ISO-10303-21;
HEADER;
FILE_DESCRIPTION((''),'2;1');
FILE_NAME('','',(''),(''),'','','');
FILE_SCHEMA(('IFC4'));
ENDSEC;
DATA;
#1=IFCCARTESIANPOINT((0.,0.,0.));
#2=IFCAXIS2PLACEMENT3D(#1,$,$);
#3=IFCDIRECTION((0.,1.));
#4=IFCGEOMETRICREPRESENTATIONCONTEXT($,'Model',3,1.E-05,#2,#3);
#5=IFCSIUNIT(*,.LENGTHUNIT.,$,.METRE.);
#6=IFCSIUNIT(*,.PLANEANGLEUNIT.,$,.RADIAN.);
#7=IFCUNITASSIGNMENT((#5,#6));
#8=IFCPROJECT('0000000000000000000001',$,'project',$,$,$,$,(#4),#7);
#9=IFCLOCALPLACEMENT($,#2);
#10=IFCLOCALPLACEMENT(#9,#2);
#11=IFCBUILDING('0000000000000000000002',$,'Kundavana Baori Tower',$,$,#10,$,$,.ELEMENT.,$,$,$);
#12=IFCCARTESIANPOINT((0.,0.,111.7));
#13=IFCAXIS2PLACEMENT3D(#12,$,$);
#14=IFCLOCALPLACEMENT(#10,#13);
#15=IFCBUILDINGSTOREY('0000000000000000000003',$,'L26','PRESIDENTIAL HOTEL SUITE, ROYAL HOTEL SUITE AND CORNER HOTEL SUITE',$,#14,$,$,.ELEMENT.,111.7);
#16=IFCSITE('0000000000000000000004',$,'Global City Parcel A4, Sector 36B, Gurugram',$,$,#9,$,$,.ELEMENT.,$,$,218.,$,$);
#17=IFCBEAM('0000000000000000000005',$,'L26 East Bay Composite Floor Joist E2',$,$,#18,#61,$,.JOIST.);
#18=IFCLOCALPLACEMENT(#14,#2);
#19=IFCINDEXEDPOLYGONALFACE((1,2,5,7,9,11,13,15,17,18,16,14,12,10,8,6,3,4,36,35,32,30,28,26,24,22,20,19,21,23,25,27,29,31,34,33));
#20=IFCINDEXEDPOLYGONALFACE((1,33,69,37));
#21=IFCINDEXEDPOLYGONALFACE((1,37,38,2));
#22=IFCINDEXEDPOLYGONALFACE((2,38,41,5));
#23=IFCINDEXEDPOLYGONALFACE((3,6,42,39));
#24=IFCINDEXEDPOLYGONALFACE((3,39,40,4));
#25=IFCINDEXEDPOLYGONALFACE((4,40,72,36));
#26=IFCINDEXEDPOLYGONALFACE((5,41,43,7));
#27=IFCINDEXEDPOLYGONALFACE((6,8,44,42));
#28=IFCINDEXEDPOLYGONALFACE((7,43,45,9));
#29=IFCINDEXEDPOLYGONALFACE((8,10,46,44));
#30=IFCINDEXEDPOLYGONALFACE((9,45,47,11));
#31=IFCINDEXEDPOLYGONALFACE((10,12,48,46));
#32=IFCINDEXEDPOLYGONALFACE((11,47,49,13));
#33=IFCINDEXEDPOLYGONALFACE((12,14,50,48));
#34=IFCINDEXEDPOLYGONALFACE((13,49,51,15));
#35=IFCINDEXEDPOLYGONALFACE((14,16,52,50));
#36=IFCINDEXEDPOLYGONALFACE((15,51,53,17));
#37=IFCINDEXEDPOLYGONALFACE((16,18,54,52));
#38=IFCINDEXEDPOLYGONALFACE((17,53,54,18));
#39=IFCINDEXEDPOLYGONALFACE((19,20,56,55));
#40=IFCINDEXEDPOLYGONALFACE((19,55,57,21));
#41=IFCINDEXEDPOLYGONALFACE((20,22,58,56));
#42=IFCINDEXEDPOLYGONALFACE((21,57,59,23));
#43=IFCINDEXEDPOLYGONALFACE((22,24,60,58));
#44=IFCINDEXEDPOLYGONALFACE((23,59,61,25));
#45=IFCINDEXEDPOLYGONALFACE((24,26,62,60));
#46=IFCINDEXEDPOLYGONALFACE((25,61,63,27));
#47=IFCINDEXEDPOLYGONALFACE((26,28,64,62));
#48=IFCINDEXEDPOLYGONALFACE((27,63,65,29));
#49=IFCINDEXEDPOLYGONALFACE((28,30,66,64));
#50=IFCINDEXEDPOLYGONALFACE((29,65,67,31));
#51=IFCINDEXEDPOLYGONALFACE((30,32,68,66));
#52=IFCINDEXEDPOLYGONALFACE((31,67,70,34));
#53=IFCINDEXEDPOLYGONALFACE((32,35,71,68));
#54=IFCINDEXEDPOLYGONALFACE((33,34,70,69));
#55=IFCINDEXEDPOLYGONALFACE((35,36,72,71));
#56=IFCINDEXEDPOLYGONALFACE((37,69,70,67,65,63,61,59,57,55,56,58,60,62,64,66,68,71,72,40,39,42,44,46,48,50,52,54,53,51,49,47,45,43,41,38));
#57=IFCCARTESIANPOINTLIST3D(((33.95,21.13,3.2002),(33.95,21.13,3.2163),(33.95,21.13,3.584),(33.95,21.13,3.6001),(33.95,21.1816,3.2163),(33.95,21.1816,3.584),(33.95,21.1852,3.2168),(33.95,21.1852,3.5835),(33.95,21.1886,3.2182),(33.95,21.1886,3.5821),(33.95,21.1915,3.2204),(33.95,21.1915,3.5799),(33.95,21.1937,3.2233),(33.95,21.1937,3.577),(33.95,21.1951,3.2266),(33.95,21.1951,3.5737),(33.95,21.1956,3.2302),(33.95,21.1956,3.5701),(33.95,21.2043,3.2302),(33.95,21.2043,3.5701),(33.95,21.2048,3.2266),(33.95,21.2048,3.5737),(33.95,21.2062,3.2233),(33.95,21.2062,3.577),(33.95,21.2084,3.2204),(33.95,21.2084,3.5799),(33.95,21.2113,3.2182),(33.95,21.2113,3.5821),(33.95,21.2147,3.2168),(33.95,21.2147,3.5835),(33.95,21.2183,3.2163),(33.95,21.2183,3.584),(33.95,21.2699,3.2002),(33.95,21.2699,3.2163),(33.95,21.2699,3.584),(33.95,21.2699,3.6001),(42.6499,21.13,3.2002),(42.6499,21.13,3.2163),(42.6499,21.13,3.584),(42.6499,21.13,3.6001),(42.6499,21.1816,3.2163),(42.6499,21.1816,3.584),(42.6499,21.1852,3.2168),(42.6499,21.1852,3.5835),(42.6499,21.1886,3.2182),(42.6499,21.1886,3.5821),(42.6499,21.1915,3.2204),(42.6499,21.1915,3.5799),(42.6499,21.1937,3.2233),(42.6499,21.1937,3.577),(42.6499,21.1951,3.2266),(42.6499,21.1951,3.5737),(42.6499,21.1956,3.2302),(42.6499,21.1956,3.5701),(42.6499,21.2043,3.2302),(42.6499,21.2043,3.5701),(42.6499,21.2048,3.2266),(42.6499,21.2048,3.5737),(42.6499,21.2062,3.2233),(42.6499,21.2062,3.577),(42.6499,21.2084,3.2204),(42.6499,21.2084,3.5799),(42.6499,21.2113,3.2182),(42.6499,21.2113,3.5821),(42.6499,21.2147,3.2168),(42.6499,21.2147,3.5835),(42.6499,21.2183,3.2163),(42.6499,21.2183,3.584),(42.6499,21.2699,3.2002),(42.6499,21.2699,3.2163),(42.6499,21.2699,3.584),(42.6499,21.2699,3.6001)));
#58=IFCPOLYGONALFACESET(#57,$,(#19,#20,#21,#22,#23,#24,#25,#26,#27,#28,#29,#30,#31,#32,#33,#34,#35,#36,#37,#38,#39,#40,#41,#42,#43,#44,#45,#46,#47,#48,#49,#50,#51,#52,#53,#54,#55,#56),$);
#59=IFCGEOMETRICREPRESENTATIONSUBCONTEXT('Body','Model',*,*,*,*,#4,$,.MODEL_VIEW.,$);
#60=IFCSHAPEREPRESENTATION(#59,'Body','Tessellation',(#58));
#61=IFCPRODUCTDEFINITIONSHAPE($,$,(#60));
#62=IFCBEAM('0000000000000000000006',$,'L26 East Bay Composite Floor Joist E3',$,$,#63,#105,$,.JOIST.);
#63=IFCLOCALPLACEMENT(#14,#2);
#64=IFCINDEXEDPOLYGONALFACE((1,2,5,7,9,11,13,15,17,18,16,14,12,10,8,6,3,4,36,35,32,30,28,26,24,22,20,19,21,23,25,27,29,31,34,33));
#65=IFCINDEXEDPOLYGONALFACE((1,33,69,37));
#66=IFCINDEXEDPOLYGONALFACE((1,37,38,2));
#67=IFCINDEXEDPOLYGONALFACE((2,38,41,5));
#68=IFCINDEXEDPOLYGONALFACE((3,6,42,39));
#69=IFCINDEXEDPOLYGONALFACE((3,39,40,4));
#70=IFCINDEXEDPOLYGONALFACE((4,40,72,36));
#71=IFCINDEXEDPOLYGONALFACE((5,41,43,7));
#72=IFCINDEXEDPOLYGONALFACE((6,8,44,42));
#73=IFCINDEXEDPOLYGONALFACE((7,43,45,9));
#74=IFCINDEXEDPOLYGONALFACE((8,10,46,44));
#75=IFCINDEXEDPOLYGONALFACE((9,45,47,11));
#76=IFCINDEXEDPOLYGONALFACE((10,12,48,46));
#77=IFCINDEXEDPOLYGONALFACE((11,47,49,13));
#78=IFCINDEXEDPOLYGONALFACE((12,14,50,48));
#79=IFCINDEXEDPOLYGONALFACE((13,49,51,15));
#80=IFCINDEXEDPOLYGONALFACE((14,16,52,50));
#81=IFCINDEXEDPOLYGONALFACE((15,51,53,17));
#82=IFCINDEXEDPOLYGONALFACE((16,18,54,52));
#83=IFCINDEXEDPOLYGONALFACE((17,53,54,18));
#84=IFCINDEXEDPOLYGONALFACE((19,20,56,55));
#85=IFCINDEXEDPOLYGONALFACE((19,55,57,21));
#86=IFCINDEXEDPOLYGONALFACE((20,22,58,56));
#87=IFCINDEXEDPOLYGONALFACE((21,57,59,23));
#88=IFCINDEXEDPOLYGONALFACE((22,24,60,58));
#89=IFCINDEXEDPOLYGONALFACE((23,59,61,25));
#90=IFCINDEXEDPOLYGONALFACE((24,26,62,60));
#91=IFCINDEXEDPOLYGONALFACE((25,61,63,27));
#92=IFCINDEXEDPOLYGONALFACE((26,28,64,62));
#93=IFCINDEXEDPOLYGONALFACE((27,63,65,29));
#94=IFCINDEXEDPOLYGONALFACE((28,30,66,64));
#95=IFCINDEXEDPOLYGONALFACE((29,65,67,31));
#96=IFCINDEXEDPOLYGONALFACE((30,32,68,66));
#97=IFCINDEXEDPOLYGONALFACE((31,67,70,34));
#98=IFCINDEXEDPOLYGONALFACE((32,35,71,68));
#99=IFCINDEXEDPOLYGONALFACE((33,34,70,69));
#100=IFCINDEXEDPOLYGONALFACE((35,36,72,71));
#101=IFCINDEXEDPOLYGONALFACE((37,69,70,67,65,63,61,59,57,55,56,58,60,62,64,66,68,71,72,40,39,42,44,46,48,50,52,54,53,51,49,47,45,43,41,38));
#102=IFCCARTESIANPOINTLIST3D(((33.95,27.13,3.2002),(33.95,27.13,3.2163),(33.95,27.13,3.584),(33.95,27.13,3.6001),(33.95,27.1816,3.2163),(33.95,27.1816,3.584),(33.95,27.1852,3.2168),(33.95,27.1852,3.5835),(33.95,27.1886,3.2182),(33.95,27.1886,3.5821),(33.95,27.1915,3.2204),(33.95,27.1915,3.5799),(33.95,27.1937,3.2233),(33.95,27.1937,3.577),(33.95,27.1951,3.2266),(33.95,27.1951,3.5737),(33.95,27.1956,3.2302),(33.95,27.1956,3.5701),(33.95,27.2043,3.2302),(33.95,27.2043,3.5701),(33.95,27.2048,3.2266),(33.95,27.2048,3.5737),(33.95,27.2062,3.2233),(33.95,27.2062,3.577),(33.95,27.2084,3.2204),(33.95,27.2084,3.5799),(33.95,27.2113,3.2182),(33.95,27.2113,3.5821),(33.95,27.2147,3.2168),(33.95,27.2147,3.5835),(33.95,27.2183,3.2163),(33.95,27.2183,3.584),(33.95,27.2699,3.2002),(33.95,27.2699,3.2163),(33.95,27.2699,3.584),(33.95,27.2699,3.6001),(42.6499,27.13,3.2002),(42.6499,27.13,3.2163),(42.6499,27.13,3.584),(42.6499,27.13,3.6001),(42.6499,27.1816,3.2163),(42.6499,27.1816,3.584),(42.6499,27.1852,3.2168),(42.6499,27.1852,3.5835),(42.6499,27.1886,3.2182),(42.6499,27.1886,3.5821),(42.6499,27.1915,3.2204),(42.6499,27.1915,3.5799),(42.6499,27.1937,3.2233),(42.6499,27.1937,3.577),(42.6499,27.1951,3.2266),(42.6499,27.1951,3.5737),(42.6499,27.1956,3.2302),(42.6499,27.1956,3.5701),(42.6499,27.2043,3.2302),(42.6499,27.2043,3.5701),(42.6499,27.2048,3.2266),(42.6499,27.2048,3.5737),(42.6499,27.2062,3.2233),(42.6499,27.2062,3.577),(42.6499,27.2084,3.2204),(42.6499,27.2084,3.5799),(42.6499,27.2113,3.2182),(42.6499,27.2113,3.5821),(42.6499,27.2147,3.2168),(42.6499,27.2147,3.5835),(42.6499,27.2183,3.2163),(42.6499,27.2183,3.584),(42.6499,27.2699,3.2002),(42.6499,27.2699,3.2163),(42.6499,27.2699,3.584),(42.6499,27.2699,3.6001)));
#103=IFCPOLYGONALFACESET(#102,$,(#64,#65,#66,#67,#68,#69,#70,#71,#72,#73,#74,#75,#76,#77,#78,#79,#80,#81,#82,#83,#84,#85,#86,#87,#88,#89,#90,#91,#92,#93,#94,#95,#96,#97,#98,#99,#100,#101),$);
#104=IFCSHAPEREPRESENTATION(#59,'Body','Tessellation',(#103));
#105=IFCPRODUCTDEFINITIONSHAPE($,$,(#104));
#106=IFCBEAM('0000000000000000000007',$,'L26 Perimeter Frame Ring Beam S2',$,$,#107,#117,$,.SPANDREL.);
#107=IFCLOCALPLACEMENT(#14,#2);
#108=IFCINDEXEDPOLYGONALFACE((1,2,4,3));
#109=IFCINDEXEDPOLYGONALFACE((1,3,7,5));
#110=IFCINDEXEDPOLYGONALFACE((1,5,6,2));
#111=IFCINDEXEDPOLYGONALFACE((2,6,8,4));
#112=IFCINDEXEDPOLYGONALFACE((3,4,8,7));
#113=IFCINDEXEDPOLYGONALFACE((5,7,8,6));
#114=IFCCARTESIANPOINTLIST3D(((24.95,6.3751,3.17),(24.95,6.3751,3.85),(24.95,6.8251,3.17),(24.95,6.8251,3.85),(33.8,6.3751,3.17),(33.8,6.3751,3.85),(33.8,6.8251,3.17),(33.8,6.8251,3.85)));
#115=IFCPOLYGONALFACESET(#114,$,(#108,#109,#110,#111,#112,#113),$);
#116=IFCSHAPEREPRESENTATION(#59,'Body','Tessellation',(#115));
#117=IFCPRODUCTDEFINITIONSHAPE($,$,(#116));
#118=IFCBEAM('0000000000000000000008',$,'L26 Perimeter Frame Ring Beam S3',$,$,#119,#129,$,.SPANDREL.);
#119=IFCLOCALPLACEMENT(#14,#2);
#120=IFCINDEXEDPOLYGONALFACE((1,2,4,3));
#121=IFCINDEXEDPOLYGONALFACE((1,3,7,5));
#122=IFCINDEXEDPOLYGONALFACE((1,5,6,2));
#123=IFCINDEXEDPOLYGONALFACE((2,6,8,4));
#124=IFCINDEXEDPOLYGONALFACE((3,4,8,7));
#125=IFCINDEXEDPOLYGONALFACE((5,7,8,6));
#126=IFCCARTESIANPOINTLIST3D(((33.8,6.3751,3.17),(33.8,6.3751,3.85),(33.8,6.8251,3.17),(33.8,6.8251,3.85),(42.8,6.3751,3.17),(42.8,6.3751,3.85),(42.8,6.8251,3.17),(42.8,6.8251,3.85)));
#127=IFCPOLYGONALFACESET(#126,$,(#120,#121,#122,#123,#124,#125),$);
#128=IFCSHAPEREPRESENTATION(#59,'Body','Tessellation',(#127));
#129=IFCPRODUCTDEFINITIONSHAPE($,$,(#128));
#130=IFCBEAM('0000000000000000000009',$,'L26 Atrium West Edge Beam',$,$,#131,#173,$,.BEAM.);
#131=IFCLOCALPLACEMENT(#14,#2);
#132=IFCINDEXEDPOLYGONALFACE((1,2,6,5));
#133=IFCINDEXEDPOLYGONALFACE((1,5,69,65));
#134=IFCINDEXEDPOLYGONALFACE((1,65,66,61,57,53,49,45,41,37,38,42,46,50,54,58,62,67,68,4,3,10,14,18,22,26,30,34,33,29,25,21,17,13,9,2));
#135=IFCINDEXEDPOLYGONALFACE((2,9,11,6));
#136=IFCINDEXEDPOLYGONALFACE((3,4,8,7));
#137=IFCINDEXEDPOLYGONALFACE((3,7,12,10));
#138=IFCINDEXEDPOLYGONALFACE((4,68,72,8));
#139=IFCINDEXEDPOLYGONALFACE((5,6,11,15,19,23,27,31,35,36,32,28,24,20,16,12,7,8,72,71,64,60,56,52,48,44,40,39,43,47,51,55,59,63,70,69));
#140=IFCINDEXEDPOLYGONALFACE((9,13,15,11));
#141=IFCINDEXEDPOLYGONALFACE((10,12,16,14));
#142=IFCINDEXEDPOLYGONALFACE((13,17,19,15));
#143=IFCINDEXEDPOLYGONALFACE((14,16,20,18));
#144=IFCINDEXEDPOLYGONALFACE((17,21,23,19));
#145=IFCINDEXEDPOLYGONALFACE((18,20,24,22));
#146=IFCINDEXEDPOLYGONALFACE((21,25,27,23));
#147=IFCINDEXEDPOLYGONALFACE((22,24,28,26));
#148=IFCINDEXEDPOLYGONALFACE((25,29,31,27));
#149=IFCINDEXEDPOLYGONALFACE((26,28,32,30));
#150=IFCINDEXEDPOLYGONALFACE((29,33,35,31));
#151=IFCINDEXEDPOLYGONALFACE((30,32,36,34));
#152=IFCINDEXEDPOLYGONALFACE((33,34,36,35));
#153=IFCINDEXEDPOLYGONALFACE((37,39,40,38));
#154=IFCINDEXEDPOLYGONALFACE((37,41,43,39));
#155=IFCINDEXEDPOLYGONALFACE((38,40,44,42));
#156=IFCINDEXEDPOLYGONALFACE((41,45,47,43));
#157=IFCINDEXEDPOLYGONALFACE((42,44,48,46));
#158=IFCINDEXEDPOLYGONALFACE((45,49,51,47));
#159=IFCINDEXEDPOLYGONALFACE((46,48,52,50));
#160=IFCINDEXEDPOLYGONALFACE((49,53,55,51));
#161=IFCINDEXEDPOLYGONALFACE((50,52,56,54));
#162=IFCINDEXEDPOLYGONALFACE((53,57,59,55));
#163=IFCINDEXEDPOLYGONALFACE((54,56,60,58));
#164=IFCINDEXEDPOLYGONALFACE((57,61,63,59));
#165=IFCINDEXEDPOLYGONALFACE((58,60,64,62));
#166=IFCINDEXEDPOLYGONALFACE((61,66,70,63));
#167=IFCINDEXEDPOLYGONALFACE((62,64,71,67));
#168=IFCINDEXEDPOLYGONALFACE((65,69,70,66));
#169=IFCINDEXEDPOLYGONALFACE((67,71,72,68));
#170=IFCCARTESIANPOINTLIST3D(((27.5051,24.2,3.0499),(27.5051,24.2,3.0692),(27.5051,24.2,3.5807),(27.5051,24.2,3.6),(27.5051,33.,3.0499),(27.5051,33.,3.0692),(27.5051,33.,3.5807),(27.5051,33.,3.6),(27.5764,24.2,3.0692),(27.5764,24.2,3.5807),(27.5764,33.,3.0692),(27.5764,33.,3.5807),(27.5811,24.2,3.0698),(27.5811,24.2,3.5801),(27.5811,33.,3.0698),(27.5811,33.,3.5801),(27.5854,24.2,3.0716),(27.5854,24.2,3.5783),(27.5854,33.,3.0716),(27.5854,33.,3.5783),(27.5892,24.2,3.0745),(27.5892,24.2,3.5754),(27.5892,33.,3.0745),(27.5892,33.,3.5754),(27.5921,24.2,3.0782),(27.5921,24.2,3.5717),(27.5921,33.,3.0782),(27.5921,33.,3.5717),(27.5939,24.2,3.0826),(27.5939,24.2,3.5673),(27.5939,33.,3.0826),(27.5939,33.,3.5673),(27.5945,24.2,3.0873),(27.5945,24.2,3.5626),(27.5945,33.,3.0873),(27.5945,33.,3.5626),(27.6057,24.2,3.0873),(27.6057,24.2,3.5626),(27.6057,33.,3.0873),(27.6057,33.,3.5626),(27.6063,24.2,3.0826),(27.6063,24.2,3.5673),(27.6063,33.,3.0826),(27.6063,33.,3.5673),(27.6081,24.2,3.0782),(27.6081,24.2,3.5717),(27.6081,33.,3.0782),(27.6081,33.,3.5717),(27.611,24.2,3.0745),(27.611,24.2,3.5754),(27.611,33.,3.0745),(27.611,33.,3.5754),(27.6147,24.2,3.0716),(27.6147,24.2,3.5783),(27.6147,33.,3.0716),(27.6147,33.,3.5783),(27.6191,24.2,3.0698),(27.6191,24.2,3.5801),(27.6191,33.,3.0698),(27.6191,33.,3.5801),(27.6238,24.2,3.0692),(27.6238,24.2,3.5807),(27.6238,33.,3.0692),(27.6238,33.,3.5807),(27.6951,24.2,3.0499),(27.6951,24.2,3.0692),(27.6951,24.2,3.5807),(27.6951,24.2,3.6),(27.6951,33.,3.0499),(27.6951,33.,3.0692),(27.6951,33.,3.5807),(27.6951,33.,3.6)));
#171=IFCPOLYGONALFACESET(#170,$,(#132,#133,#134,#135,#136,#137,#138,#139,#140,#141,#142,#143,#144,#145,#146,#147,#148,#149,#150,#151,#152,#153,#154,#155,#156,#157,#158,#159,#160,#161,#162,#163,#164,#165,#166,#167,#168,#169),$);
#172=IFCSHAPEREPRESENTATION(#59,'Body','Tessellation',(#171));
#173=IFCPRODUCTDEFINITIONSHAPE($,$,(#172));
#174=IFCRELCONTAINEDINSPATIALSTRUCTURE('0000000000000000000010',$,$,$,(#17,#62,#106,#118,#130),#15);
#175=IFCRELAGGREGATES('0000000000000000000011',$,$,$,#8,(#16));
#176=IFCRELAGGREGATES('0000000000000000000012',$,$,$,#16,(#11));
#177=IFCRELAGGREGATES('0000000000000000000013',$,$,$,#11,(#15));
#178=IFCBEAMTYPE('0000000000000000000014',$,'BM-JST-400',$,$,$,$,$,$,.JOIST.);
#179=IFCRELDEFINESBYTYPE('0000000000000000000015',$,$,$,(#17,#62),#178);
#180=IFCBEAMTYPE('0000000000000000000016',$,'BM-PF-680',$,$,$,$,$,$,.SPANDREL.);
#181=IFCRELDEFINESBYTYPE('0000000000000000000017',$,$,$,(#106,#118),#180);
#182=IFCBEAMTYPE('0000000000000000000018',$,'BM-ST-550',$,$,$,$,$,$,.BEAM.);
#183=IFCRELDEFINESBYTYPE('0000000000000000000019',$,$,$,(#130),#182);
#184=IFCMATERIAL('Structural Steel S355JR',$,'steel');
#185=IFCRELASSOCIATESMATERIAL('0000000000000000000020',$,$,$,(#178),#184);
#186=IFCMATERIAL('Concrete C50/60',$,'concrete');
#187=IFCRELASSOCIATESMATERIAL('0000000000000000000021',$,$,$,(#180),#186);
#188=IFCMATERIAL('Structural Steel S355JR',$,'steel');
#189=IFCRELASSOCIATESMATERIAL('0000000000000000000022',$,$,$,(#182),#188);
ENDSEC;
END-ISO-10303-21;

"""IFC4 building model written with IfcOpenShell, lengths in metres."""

from ifc_helpers import new_model, si_unit, direction, frame, origin, origin_2d, place, context, subcontext, project, spatial, rectangle, i_section, extrude, material, material_profile, profile_set, type_object, element, save


model = new_model("IFC4")

# Units and contexts
model_context = context("Model", 3, precision=1e-05, world=origin(), true_north=direction((0.0, 1.0)))
body_context = subcontext(model_context, "Body", "Model", "MODEL_VIEW")
ifc_project = project(units=[si_unit("LENGTHUNIT", "METRE"), si_unit("PLANEANGLEUNIT", "RADIAN")], contexts=[model_context])

# Site, building, storey
site_placement = place(None, origin())
site = spatial("IfcSite", under=ifc_project, at=site_placement, Name="Global City Parcel A4, Sector 36B, Gurugram", CompositionType="ELEMENT", RefElevation=218.0)
building_placement = place(site_placement, origin())
building = spatial("IfcBuilding", under=site, at=building_placement, Name="Kundavana Baori Tower", CompositionType="ELEMENT")
storey_placement = place(building_placement, frame((0.0, 0.0, 111.7)))
storey = spatial("IfcBuildingStorey", under=building, at=storey_placement, Name="L26", Description="PRESIDENTIAL HOTEL SUITE, ROYAL HOTEL SUITE AND CORNER HOTEL SUITE", CompositionType="ELEMENT", Elevation=111.7)

# Beams
ifc_material_1 = material(Name="Structural Steel S355JR", Category="steel")
ifc_material_profile_1 = material_profile(ifc_material_1, i_section(OverallWidth=0.1399, OverallDepth=0.3999, WebThickness=0.0088, FlangeThickness=0.0161, FilletRadius=0.0139, at=origin_2d()), Name="ISMB 400")
ifc_profile_set_1 = profile_set([ifc_material_profile_1], Name="Structural Steel S355JR")
beam_type_1 = type_object("IfcBeamType", Name="BM-JST-400", PredefinedType="JOIST", material=ifc_profile_set_1)
for number, where, z_axis, x_axis, name in (
    (1, (33.95, 21.2, 3.4001), (1.0, 0.0, 0.0), (0.0, 1.0, 0.0), "L26 East Bay Composite Floor Joist E2"),
    (2, (33.95, 27.2, 3.4001), (1.0, 0.0, 0.0), (0.0, 1.0, 0.0), "L26 East Bay Composite Floor Joist E3"),
):
    element("IfcBeam", number, at=place(storey_placement, frame(where, z_axis=z_axis, x_axis=x_axis)), inside=storey, type_object=beam_type_1, Name=name, PredefinedType="JOIST", context=body_context, shape_type="SweptSolid", body=[
        extrude(i_section(OverallWidth=0.1399, OverallDepth=0.3999, WebThickness=0.0088, FlangeThickness=0.0161, FilletRadius=0.0139, at=origin_2d()), origin(), (0.0, 0.0, 1.0), 8.7),
    ])
ifc_material_2 = material(Name="Concrete C50/60", Category="concrete")
ifc_material_profile_2 = material_profile(ifc_material_2, rectangle(XDim=0.45, YDim=0.6799, at=origin_2d()), Name="RC BM 450x680")
ifc_profile_set_2 = profile_set([ifc_material_profile_2], Name="Concrete C50/60")
beam_type_2 = type_object("IfcBeamType", Name="BM-PF-680", PredefinedType="SPANDREL", material=ifc_profile_set_2)
beam_1_placement = place(storey_placement, frame((24.95, 6.6001, 3.51), z_axis=(1.0, 0.0, 0.0), x_axis=(0.0, 1.0, 0.0)))
element("IfcBeam", 3, at=beam_1_placement, inside=storey, type_object=beam_type_2, Name="L26 Perimeter Frame Ring Beam S2", PredefinedType="SPANDREL", context=body_context, shape_type="SweptSolid", body=[
    extrude(rectangle(XDim=0.45, YDim=0.6799, at=origin_2d()), origin(), (0.0, 0.0, 1.0), 8.8501),
])
beam_2_placement = place(storey_placement, frame((33.8, 6.6001, 3.51), z_axis=(1.0, 0.0, 0.0), x_axis=(0.0, 1.0, 0.0)))
element("IfcBeam", 4, at=beam_2_placement, inside=storey, type_object=beam_type_2, Name="L26 Perimeter Frame Ring Beam S3", PredefinedType="SPANDREL", context=body_context, shape_type="SweptSolid", body=[
    extrude(rectangle(XDim=0.45, YDim=0.6799, at=origin_2d()), origin(), (0.0, 0.0, 1.0), 9.0),
])
ifc_material_3 = material(Name="Structural Steel S355JR", Category="steel")
ifc_material_profile_3 = material_profile(ifc_material_3, i_section(OverallWidth=0.1899, OverallDepth=0.55, WebThickness=0.0112, FlangeThickness=0.0193, FilletRadius=0.0181, at=origin_2d()), Name="ISMB 550")
ifc_profile_set_3 = profile_set([ifc_material_profile_3], Name="Structural Steel S355JR")
beam_type_3 = type_object("IfcBeamType", Name="BM-ST-550", PredefinedType="BEAM", material=ifc_profile_set_3)
for number, where, z_axis, x_axis, name in (
    (5, (27.6001, 24.2, 3.325), (0.0, 1.0, 0.0), (-1.0, 0.0, 0.0), "L26 Atrium West Edge Beam"),
):
    element("IfcBeam", number, at=place(storey_placement, frame(where, z_axis=z_axis, x_axis=x_axis)), inside=storey, type_object=beam_type_3, Name=name, PredefinedType="BEAM", context=body_context, shape_type="SweptSolid", body=[
        extrude(i_section(OverallWidth=0.1899, OverallDepth=0.55, WebThickness=0.0112, FlangeThickness=0.0193, FilletRadius=0.0181, at=origin_2d()), origin(), (0.0, 0.0, 1.0), 8.8),
    ])

save(model, "model.ifc")
